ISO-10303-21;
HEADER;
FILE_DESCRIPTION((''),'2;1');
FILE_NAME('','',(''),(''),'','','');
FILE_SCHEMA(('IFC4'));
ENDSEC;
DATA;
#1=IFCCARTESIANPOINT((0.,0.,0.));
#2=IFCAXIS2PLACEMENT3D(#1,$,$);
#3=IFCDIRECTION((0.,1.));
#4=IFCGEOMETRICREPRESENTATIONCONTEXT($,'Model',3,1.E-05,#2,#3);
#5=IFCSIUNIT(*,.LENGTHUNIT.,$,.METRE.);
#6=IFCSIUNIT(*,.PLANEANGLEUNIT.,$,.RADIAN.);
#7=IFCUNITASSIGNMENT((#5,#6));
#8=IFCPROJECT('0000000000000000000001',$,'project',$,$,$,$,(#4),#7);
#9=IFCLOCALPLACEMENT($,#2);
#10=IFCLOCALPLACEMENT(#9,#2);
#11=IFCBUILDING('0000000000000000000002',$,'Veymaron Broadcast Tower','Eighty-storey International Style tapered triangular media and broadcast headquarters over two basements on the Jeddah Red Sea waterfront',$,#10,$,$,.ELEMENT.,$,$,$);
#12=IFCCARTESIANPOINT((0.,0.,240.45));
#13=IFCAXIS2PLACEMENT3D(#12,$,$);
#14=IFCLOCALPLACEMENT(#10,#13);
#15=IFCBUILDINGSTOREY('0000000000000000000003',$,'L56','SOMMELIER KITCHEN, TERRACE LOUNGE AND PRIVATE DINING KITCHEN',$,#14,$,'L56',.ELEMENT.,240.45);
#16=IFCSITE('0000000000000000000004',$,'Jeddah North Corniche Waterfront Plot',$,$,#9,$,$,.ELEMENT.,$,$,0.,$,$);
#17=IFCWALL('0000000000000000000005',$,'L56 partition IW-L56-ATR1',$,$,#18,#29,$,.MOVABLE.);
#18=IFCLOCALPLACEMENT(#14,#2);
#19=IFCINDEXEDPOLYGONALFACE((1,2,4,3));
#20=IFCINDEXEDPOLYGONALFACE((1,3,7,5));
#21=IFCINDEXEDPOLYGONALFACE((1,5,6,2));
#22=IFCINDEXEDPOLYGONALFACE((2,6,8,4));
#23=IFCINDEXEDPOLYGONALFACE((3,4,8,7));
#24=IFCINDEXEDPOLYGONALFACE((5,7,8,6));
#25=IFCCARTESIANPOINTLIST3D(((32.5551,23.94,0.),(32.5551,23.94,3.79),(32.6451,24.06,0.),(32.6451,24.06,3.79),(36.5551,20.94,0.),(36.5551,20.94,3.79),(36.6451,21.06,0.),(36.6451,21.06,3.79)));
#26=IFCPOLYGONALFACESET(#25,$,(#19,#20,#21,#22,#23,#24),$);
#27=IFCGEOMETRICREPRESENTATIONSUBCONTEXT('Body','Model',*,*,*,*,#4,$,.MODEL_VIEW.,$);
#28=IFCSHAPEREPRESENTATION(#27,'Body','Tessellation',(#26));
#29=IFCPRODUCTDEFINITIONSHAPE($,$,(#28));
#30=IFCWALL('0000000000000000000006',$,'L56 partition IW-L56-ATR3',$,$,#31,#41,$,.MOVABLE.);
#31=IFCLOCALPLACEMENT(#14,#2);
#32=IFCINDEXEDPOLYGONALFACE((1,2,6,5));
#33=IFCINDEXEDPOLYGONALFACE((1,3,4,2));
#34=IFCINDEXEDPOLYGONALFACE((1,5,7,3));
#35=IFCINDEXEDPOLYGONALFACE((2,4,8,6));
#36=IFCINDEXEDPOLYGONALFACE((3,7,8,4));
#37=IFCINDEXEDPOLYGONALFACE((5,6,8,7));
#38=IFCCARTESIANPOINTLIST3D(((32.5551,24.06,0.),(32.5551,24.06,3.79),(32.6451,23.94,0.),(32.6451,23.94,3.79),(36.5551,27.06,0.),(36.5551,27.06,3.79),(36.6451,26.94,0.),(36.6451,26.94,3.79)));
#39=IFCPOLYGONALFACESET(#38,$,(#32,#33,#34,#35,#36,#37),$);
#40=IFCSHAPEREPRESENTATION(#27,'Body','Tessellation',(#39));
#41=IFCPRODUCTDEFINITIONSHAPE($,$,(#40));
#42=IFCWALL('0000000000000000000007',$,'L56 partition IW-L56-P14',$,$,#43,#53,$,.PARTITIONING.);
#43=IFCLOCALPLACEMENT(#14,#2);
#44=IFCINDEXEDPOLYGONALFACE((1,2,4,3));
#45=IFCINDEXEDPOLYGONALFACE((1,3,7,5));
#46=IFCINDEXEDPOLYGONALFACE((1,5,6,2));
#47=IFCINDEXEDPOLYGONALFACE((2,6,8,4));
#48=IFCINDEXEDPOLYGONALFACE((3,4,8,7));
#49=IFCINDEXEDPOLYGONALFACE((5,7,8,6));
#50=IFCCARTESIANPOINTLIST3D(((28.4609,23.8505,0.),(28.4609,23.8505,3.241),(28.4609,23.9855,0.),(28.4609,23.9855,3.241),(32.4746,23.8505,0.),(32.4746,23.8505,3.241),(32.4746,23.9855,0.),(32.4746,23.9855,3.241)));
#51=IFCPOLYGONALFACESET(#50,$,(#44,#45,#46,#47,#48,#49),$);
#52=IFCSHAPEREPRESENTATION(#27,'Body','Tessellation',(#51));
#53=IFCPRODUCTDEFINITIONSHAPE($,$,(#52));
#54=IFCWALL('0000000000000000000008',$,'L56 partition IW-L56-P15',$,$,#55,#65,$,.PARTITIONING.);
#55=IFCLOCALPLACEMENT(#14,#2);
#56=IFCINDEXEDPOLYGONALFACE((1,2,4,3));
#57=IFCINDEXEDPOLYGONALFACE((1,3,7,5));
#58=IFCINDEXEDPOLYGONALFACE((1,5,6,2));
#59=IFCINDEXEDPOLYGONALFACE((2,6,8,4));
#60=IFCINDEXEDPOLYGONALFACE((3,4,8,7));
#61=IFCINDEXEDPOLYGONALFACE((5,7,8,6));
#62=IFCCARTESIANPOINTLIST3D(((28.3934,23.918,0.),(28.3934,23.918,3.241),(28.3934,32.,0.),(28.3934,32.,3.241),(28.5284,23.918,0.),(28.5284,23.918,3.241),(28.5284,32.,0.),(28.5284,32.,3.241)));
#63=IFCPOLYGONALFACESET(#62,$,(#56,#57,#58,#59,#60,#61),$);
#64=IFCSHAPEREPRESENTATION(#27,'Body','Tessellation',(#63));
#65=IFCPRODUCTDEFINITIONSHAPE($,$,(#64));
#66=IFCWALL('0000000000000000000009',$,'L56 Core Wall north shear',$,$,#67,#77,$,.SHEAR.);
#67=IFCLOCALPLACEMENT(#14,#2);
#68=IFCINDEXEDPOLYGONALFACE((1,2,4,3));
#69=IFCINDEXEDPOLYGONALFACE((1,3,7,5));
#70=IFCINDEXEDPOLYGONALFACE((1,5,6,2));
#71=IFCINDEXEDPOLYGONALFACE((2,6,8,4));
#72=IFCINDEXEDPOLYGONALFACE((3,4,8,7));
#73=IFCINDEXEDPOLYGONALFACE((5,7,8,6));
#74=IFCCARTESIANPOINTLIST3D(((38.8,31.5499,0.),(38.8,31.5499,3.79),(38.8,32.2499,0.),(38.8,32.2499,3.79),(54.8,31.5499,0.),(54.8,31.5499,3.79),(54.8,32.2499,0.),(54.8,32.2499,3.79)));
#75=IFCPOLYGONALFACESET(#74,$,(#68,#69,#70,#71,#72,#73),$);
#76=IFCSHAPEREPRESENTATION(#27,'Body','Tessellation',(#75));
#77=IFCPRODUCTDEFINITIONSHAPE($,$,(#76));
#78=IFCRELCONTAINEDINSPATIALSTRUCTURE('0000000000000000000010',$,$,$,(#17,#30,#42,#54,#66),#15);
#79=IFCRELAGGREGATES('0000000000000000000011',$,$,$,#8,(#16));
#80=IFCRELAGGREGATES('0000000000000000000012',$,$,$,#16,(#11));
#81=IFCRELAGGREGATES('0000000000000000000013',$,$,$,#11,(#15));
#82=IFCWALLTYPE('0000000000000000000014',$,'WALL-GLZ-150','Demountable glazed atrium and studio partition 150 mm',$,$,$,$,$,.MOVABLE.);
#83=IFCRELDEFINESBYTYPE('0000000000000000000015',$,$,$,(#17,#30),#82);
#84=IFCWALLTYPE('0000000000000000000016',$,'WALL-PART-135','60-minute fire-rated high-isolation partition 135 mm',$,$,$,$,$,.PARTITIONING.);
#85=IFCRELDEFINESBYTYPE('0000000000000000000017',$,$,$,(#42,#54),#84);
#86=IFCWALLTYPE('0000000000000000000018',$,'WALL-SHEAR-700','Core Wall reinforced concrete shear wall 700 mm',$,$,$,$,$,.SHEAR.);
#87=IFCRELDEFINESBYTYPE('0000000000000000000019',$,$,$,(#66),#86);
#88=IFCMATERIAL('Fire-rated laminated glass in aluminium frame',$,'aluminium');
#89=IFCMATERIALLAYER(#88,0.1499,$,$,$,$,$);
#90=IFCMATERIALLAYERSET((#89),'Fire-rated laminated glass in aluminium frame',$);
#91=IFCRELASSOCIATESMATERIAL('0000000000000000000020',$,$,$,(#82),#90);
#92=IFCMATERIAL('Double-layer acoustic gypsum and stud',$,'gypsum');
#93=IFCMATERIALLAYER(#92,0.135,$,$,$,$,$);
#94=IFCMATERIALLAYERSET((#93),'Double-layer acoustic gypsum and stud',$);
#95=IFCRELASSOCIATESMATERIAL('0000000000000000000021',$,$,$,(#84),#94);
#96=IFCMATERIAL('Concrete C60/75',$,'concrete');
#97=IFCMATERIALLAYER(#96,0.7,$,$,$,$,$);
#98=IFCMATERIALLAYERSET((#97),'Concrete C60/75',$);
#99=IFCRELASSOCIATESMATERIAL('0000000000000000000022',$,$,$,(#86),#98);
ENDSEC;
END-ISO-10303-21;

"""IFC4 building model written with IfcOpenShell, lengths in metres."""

from ifc_helpers import new_model, si_unit, direction, frame, frame_2d, origin, place, context, subcontext, project, spatial, rectangle, extrude, material, layer, layer_set, type_object, element, save


model = new_model("IFC4")

# Units and contexts
model_context = context("Model", 3, precision=1e-05, world=origin(), true_north=direction((0.0, 1.0)))
body_context = subcontext(model_context, "Body", "Model", "MODEL_VIEW")
ifc_project = project(units=[si_unit("LENGTHUNIT", "METRE"), si_unit("PLANEANGLEUNIT", "RADIAN")], contexts=[model_context])

# Site, building, storey
site_placement = place(None, origin())
site = spatial("IfcSite", under=ifc_project, at=site_placement, Name="Jeddah North Corniche Waterfront Plot", CompositionType="ELEMENT", RefElevation=0.0)
building_placement = place(site_placement, origin())
building = spatial("IfcBuilding", under=site, at=building_placement, Name="Veymaron Broadcast Tower", Description="Eighty-storey International Style tapered triangular media and broadcast headquarters over two basements on the Jeddah Red Sea waterfront", CompositionType="ELEMENT")
storey_placement = place(building_placement, frame((0.0, 0.0, 240.45)))
storey = spatial("IfcBuildingStorey", under=building, at=storey_placement, Name="L56", Description="SOMMELIER KITCHEN, TERRACE LOUNGE AND PRIVATE DINING KITCHEN", LongName="L56", CompositionType="ELEMENT", Elevation=240.45)

# Walls
ifc_material_1 = material(Name="Fire-rated laminated glass in aluminium frame", Category="aluminium")
ifc_layer_1 = layer(ifc_material_1, 0.1499)
ifc_layer_set_1 = layer_set([ifc_layer_1], Name="Fire-rated laminated glass in aluminium frame")
wall_type_1 = type_object("IfcWallType", Name="WALL-GLZ-150", Description="Demountable glazed atrium and studio partition 150 mm", PredefinedType="MOVABLE", material=ifc_layer_set_1)
for number, where, z_axis, x_axis, name in (
    (1, (32.6001, 24.0, 0.0), (0.0, 0.0, 1.0), (0.8, -0.6, 0.0), "L56 partition IW-L56-ATR1"),
    (2, (36.6001, 27.0, 0.0), (0.0, 0.0, 1.0), (-0.8, -0.6, 0.0), "L56 partition IW-L56-ATR3"),
):
    element("IfcWall", number, at=place(storey_placement, frame(where, z_axis=z_axis, x_axis=x_axis)), inside=storey, type_object=wall_type_1, Name=name, PredefinedType="MOVABLE", context=body_context, shape_type="SweptSolid", body=[
        extrude(rectangle(XDim=5.0, YDim=0.1499, at=frame_2d((2.5, 0.0))), origin(), (0.0, 0.0, 1.0), 3.79),
    ])
ifc_material_2 = material(Name="Double-layer acoustic gypsum and stud", Category="gypsum")
ifc_layer_2 = layer(ifc_material_2, 0.135)
ifc_layer_set_2 = layer_set([ifc_layer_2], Name="Double-layer acoustic gypsum and stud")
wall_type_2 = type_object("IfcWallType", Name="WALL-PART-135", Description="60-minute fire-rated high-isolation partition 135 mm", PredefinedType="PARTITIONING", material=ifc_layer_set_2)
wall_1_placement = place(storey_placement, frame((28.4609, 23.918, 0.0), z_axis=(0.0, 0.0, 1.0), x_axis=(1.0, 0.0, 0.0)))
element("IfcWall", 3, at=wall_1_placement, inside=storey, type_object=wall_type_2, Name="L56 partition IW-L56-P14", PredefinedType="PARTITIONING", context=body_context, shape_type="SweptSolid", body=[
    extrude(rectangle(XDim=4.0137, YDim=0.135, at=frame_2d((2.0068, 0.0))), origin(), (0.0, 0.0, 1.0), 3.241),
])
wall_2_placement = place(storey_placement, frame((28.4609, 23.918, 0.0), z_axis=(0.0, 0.0, 1.0), x_axis=(0.0, 1.0, 0.0)))
element("IfcWall", 4, at=wall_2_placement, inside=storey, type_object=wall_type_2, Name="L56 partition IW-L56-P15", PredefinedType="PARTITIONING", context=body_context, shape_type="SweptSolid", body=[
    extrude(rectangle(XDim=8.082, YDim=0.135, at=frame_2d((4.041, 0.0))), origin(), (0.0, 0.0, 1.0), 3.241),
])
ifc_material_3 = material(Name="Concrete C60/75", Category="concrete")
ifc_layer_3 = layer(ifc_material_3, 0.7)
ifc_layer_set_3 = layer_set([ifc_layer_3], Name="Concrete C60/75")
wall_type_3 = type_object("IfcWallType", Name="WALL-SHEAR-700", Description="Core Wall reinforced concrete shear wall 700 mm", PredefinedType="SHEAR", material=ifc_layer_set_3)
wall_3_placement = place(storey_placement, frame((38.8, 31.8999, 0.0), z_axis=(0.0, 0.0, 1.0), x_axis=(1.0, 0.0, 0.0)))
element("IfcWall", 5, at=wall_3_placement, inside=storey, type_object=wall_type_3, Name="L56 Core Wall north shear", PredefinedType="SHEAR", context=body_context, shape_type="SweptSolid", body=[
    extrude(rectangle(XDim=16.0, YDim=0.7, at=frame_2d((8.0, 0.0))), origin(), (0.0, 0.0, 1.0), 3.79),
])

save(model, "model.ifc")
